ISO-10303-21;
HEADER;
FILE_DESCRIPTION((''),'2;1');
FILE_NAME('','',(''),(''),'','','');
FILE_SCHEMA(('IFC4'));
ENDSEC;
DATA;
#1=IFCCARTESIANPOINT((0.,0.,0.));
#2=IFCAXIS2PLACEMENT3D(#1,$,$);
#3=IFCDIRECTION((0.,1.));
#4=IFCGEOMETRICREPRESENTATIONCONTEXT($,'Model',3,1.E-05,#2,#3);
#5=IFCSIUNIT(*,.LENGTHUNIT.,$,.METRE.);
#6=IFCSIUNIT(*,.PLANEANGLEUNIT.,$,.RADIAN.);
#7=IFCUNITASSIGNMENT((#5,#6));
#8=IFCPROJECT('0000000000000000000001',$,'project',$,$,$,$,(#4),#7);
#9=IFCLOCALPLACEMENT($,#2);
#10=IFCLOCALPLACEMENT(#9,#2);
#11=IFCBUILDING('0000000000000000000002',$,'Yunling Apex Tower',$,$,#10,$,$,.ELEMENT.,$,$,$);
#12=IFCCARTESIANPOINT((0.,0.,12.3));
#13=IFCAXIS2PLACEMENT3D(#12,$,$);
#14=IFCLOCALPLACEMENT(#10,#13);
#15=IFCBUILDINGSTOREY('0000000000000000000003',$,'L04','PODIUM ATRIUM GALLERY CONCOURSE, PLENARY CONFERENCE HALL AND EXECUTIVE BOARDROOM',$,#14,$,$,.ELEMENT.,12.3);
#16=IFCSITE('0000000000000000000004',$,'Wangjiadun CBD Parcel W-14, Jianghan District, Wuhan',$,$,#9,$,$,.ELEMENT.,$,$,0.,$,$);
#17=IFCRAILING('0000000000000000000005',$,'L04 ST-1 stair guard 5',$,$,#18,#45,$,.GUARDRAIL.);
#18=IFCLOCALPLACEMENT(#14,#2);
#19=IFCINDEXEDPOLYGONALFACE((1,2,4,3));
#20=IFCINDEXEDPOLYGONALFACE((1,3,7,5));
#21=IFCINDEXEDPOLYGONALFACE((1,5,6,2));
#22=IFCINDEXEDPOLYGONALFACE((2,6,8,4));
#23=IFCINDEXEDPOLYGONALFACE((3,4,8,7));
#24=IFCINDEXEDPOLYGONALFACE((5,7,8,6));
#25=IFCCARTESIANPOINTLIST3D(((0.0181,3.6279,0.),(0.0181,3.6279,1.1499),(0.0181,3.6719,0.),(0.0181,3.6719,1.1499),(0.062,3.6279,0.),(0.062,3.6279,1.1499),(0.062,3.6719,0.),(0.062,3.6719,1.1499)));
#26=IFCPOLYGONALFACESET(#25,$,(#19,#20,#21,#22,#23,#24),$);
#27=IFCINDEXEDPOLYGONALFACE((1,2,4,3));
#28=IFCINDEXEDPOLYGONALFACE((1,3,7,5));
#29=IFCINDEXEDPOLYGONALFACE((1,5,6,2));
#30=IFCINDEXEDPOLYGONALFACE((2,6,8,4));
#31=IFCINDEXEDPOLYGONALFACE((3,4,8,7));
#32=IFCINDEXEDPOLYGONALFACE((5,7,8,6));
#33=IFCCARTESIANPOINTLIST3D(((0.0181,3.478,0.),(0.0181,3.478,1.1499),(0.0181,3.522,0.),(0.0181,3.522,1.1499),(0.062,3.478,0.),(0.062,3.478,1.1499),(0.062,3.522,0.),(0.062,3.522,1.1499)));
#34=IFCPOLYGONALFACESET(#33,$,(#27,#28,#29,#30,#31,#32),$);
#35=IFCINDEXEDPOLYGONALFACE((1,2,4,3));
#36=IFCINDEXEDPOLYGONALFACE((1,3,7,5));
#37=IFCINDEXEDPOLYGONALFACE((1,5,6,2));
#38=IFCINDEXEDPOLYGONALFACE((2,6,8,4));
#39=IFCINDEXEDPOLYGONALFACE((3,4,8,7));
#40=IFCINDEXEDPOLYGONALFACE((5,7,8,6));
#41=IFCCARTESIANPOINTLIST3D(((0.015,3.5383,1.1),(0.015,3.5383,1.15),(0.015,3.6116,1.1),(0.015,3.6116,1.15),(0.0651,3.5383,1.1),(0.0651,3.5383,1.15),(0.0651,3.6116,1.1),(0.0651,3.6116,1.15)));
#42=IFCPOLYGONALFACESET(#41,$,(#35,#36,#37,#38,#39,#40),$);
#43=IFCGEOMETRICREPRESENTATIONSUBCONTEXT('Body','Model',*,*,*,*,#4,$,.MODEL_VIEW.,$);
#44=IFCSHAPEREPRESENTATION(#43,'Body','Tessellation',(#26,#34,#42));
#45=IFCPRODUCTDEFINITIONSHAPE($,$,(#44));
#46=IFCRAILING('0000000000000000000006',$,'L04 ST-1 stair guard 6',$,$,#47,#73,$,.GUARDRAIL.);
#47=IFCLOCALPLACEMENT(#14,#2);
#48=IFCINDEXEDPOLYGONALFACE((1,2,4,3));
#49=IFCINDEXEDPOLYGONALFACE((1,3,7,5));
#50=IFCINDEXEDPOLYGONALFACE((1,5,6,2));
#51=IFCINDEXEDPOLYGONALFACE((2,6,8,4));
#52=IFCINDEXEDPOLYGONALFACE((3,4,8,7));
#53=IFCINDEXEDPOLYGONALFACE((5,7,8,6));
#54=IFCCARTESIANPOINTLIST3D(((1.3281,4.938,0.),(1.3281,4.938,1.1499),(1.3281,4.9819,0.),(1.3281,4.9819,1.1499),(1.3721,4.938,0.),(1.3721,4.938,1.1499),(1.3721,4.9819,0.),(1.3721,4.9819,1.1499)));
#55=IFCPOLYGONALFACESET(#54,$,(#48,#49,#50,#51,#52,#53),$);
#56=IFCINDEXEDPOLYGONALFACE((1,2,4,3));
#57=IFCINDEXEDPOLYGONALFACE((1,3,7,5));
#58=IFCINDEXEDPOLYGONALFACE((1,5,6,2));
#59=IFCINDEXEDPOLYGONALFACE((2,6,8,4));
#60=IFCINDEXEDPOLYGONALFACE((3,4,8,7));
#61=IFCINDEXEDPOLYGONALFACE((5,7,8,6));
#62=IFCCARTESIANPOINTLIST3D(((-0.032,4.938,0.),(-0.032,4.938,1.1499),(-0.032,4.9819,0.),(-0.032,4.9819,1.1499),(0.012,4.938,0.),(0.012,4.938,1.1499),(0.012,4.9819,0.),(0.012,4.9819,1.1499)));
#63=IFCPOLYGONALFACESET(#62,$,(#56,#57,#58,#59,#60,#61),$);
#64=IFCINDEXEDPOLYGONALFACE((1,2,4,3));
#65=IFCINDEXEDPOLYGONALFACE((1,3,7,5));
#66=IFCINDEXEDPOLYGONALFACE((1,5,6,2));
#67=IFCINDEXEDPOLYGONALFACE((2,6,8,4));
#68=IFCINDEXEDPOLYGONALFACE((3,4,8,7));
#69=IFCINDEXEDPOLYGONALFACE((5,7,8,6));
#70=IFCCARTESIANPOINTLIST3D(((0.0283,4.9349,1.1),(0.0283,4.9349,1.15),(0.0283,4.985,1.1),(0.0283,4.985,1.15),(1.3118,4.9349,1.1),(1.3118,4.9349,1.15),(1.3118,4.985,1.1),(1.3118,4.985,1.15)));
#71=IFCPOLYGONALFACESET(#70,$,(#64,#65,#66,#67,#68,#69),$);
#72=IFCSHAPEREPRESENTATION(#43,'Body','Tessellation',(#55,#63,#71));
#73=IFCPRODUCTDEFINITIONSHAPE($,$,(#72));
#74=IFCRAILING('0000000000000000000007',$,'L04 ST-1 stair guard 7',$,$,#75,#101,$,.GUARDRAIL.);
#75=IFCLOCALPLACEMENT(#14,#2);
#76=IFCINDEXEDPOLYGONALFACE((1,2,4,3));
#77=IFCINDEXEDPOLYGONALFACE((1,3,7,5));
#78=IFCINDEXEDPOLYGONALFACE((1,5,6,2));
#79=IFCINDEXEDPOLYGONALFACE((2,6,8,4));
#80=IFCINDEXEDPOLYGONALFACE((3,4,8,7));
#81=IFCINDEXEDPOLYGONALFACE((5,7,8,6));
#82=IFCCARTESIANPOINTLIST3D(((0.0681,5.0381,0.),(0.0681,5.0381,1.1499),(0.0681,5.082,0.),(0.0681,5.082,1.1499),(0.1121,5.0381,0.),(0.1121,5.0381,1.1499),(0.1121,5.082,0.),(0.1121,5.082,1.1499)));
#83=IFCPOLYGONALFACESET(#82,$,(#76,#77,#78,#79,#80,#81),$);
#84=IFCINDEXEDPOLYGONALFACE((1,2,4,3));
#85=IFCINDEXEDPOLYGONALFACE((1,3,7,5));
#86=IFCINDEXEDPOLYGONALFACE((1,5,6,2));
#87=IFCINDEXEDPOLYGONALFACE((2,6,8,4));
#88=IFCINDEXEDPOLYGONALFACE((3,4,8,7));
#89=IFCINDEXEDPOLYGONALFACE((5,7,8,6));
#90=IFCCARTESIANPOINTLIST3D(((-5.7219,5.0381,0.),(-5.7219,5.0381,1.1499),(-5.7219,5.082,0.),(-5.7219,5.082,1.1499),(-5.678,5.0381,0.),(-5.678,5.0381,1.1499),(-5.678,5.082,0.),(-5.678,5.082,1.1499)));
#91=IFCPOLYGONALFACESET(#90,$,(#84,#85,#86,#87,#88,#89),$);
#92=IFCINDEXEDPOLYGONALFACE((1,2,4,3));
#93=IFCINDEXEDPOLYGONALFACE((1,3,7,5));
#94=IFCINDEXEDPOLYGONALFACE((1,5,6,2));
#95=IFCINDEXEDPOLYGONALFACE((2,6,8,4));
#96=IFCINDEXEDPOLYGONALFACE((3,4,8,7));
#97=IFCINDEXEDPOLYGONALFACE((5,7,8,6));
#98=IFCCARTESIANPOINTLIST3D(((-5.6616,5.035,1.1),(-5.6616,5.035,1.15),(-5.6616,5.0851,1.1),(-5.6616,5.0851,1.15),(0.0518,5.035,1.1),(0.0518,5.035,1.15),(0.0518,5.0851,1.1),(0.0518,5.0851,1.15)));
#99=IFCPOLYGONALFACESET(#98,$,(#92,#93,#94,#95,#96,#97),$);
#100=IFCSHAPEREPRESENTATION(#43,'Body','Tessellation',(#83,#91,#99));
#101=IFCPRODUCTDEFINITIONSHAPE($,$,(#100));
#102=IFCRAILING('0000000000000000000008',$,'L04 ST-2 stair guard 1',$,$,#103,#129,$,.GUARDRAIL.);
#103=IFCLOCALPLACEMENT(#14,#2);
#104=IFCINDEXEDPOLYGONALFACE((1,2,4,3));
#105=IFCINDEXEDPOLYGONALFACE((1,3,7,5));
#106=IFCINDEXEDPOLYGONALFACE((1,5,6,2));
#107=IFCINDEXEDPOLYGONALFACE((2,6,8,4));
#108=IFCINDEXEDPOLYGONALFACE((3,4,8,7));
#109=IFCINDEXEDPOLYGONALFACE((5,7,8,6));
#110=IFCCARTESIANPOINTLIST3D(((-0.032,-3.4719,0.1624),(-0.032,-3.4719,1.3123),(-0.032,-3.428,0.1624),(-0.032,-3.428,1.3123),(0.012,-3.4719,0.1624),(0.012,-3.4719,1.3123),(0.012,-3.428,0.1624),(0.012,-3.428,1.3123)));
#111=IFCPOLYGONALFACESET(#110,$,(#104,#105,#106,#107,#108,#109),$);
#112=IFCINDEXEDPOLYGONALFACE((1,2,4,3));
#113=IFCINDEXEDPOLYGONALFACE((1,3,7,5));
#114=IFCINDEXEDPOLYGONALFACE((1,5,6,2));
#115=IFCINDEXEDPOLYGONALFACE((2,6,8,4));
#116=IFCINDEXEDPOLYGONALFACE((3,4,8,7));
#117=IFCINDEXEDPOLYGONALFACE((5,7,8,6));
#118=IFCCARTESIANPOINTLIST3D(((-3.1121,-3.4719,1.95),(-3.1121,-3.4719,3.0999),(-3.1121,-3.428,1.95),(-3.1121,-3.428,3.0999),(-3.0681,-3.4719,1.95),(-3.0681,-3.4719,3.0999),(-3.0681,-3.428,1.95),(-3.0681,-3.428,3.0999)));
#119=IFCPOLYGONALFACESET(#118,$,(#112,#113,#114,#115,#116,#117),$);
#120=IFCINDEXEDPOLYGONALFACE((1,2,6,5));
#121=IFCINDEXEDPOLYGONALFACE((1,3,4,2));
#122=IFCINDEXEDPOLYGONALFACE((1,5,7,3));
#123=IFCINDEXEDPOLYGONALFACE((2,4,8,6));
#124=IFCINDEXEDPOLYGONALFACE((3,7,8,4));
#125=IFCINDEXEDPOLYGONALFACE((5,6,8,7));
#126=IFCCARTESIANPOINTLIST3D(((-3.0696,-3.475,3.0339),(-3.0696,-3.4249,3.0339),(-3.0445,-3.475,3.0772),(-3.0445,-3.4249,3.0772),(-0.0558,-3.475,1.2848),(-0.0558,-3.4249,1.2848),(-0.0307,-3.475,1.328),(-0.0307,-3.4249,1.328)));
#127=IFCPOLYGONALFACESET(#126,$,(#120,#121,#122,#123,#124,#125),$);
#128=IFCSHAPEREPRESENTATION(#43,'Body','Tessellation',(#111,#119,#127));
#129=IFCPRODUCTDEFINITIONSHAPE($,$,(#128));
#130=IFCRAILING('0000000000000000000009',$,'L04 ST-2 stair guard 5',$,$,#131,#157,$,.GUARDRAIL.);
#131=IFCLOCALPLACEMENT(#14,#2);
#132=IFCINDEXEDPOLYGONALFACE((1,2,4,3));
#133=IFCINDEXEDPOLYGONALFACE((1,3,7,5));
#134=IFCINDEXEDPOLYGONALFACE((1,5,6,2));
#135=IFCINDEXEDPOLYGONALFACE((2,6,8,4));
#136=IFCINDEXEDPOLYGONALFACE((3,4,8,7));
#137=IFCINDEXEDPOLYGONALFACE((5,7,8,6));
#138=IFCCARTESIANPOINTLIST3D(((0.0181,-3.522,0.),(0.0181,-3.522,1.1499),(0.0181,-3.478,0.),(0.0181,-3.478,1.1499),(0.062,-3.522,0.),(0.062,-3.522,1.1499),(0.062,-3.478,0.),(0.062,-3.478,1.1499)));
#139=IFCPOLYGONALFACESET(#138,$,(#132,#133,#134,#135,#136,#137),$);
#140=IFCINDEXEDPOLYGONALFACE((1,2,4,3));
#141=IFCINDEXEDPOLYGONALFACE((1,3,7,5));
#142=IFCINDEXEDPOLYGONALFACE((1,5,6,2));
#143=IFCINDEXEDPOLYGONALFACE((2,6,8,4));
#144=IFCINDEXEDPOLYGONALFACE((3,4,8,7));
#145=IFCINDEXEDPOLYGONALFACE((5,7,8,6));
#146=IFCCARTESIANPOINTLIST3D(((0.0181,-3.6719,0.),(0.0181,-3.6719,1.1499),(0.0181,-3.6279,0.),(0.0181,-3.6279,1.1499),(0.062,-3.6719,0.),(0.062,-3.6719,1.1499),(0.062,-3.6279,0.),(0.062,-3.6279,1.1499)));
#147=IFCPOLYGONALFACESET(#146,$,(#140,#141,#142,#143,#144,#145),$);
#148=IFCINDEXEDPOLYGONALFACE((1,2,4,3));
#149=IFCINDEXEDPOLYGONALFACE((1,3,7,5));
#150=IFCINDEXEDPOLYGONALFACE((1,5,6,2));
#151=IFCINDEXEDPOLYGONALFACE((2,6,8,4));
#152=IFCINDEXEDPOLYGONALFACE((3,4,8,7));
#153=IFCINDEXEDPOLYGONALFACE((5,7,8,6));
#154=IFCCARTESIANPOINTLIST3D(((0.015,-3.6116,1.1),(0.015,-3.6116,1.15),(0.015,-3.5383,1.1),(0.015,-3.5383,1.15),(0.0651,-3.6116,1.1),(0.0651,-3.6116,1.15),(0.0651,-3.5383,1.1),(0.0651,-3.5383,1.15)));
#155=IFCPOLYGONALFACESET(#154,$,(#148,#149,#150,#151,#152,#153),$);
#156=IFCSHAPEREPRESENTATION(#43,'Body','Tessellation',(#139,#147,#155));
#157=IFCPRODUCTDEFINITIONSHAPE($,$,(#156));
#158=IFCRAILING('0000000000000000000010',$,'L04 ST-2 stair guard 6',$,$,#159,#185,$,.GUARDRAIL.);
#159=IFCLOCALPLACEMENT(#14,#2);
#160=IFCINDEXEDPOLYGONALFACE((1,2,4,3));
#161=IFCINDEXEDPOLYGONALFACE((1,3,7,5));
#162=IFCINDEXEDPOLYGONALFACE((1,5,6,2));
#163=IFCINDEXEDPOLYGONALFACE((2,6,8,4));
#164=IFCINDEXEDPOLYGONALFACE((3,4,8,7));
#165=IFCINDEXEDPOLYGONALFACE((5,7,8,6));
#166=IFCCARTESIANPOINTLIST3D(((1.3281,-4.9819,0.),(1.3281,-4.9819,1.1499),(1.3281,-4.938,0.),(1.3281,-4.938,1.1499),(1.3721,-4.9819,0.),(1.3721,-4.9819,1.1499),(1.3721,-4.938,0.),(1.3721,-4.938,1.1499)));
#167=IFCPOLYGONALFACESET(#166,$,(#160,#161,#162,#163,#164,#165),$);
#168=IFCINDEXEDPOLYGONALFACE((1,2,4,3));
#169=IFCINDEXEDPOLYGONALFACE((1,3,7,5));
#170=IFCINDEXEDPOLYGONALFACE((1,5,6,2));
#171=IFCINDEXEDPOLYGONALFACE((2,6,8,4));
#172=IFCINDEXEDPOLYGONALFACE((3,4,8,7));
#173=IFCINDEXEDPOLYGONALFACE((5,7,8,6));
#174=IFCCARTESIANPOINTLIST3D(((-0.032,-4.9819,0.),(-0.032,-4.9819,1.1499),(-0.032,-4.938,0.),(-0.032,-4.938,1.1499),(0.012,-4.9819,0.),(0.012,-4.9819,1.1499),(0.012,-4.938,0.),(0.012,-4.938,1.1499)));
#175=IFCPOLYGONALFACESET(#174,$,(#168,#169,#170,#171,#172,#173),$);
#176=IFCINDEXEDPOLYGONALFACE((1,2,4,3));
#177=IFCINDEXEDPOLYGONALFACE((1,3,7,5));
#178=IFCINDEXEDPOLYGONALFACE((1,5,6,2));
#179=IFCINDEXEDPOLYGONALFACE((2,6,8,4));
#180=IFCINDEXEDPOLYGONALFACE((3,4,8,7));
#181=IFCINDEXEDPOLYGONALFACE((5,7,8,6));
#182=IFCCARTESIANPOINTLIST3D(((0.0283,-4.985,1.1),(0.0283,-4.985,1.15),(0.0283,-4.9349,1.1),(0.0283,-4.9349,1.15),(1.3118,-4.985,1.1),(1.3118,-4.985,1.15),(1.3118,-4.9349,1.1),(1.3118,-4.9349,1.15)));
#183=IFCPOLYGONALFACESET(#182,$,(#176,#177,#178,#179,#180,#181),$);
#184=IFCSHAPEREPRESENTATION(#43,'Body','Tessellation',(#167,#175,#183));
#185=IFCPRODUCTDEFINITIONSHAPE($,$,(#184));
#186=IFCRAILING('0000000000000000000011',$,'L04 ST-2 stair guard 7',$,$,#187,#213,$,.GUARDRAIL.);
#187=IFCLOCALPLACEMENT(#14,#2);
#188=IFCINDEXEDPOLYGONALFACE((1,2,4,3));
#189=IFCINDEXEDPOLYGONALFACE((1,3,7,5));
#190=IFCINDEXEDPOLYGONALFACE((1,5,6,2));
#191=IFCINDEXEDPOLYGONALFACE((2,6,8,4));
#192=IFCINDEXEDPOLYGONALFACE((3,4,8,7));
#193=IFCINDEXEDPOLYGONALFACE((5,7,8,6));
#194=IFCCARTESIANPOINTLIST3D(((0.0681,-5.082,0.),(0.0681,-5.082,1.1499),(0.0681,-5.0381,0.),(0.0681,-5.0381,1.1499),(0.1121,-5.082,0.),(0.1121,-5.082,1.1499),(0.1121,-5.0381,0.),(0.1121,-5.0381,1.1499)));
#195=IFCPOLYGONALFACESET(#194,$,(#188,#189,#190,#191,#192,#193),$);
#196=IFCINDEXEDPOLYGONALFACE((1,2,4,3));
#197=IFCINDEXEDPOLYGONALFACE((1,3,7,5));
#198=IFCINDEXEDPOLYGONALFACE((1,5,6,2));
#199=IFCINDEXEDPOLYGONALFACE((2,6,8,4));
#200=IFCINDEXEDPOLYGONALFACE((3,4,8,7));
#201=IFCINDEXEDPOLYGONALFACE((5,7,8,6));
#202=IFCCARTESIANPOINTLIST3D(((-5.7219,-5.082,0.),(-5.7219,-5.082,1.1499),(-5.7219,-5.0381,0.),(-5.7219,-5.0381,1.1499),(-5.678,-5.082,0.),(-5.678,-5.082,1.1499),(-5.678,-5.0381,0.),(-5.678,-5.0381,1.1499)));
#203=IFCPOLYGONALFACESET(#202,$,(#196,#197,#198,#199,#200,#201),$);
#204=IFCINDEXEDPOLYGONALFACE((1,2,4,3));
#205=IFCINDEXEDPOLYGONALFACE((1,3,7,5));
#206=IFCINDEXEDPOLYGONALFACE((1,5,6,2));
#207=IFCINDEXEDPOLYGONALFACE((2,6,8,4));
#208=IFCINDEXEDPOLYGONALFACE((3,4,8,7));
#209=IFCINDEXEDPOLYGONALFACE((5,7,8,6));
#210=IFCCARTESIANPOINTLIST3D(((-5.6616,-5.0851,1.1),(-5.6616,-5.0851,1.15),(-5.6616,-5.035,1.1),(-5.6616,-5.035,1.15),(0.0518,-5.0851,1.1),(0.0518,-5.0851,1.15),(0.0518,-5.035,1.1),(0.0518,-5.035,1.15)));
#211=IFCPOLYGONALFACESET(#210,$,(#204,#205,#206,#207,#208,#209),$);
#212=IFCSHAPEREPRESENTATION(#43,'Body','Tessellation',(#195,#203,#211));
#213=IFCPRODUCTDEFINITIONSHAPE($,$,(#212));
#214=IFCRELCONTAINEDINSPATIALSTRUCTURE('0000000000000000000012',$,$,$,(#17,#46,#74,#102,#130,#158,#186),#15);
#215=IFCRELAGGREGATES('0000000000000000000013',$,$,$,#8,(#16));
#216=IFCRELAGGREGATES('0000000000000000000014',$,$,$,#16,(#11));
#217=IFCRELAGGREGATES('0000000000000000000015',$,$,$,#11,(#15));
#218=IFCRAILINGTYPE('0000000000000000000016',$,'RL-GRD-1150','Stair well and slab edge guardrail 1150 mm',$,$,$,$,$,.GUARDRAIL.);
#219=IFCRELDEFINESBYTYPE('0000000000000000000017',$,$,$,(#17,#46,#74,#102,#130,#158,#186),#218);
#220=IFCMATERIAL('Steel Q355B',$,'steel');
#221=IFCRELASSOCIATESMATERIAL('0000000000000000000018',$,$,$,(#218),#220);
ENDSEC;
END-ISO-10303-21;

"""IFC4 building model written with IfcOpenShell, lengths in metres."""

from ifc_helpers import new_model, si_unit, direction, frame, origin, origin_2d, place, context, subcontext, project, spatial, rectangle, extrude, material, type_object, element, save


model = new_model("IFC4")

# Units and contexts
model_context = context("Model", 3, precision=1e-05, world=origin(), true_north=direction((0.0, 1.0)))
body_context = subcontext(model_context, "Body", "Model", "MODEL_VIEW")
ifc_project = project(units=[si_unit("LENGTHUNIT", "METRE"), si_unit("PLANEANGLEUNIT", "RADIAN")], contexts=[model_context])

# Site, building, storey
site_placement = place(None, origin())
site = spatial("IfcSite", under=ifc_project, at=site_placement, Name="Wangjiadun CBD Parcel W-14, Jianghan District, Wuhan", CompositionType="ELEMENT", RefElevation=0.0)
building_placement = place(site_placement, origin())
building = spatial("IfcBuilding", under=site, at=building_placement, Name="Yunling Apex Tower", CompositionType="ELEMENT")
storey_placement = place(building_placement, frame((0.0, 0.0, 12.3)))
storey = spatial("IfcBuildingStorey", under=building, at=storey_placement, Name="L04", Description="PODIUM ATRIUM GALLERY CONCOURSE, PLENARY CONFERENCE HALL AND EXECUTIVE BOARDROOM", CompositionType="ELEMENT", Elevation=12.3)

# Shared definitions
ifc_material_1 = material(Name="Steel Q355B", Category="steel")

# Railings
railing_type_1 = type_object("IfcRailingType", Name="RL-GRD-1150", Description="Stair well and slab edge guardrail 1150 mm", PredefinedType="GUARDRAIL", material=ifc_material_1)
railing_1_placement = place(storey_placement, frame((0.04, 3.6499, 0.0)))
element("IfcRailing", 1, at=railing_1_placement, inside=storey, type_object=railing_type_1, Name="L04 ST-1 stair guard 5", PredefinedType="GUARDRAIL", context=body_context, shape_type="SweptSolid", body=[
    extrude(rectangle(XDim=0.0439, YDim=0.0439, at=origin_2d()), origin(), (0.0, 0.0, 1.0), 1.1499),
    extrude(rectangle(XDim=0.0439, YDim=0.0439, at=origin_2d()), frame((0.0, -0.1499, 0.0)), (0.0, 0.0, 1.0), 1.1499),
    extrude(rectangle(XDim=0.05, YDim=0.05, at=origin_2d()), frame((0.0, -0.0383, 1.125), z_axis=(0.0, -1.0, 0.0), x_axis=(1.0, 0.0, 0.0)), (0.0, 0.0, 1.0), 0.0732),
])
railing_2_placement = place(storey_placement, frame((1.3501, 4.96, 0.0)))
element("IfcRailing", 2, at=railing_2_placement, inside=storey, type_object=railing_type_1, Name="L04 ST-1 stair guard 6", PredefinedType="GUARDRAIL", context=body_context, shape_type="SweptSolid", body=[
    extrude(rectangle(XDim=0.0439, YDim=0.0439, at=origin_2d()), origin(), (0.0, 0.0, 1.0), 1.1499),
    extrude(rectangle(XDim=0.0439, YDim=0.0439, at=origin_2d()), frame((-1.3601, 0.0, 0.0)), (0.0, 0.0, 1.0), 1.1499),
    extrude(rectangle(XDim=0.05, YDim=0.05, at=origin_2d()), frame((-0.0383, 0.0, 1.125), z_axis=(-1.0, 0.0, 0.0), x_axis=(0.0, -1.0, 0.0)), (0.0, 0.0, 1.0), 1.2834),
])
railing_3_placement = place(storey_placement, frame((0.0901, 5.0601, 0.0)))
element("IfcRailing", 3, at=railing_3_placement, inside=storey, type_object=railing_type_1, Name="L04 ST-1 stair guard 7", PredefinedType="GUARDRAIL", context=body_context, shape_type="SweptSolid", body=[
    extrude(rectangle(XDim=0.0439, YDim=0.0439, at=origin_2d()), origin(), (0.0, 0.0, 1.0), 1.1499),
    extrude(rectangle(XDim=0.0439, YDim=0.0439, at=origin_2d()), frame((-5.79, 0.0, 0.0)), (0.0, 0.0, 1.0), 1.1499),
    extrude(rectangle(XDim=0.05, YDim=0.05, at=origin_2d()), frame((-0.0383, 0.0, 1.125), z_axis=(-1.0, 0.0, 0.0), x_axis=(0.0, -1.0, 0.0)), (0.0, 0.0, 1.0), 5.7134),
])
railing_4_placement = place(storey_placement, frame((-0.01, -3.45, 0.1624)))
element("IfcRailing", 4, at=railing_4_placement, inside=storey, type_object=railing_type_1, Name="L04 ST-2 stair guard 1", PredefinedType="GUARDRAIL", context=body_context, shape_type="SweptSolid", body=[
    extrude(rectangle(XDim=0.0439, YDim=0.0439, at=origin_2d()), origin(), (0.0, 0.0, 1.0), 1.1499),
    extrude(rectangle(XDim=0.0439, YDim=0.0439, at=origin_2d()), frame((-3.0801, 0.0, 1.7876)), (0.0, 0.0, 1.0), 1.1499),
    extrude(rectangle(XDim=0.05, YDim=0.05, at=origin_2d()), frame((-0.0332, 0.0, 1.144), z_axis=(-0.864891, 0.0, 0.50196), x_axis=(0.0, -1.0, 0.0)), (0.0, 0.0, 1.0), 3.4846),
])
railing_5_placement = place(storey_placement, frame((0.04, -3.5, 0.0)))
element("IfcRailing", 5, at=railing_5_placement, inside=storey, type_object=railing_type_1, Name="L04 ST-2 stair guard 5", PredefinedType="GUARDRAIL", context=body_context, shape_type="SweptSolid", body=[
    extrude(rectangle(XDim=0.0439, YDim=0.0439, at=origin_2d()), origin(), (0.0, 0.0, 1.0), 1.1499),
    extrude(rectangle(XDim=0.0439, YDim=0.0439, at=origin_2d()), frame((0.0, -0.1499, 0.0)), (0.0, 0.0, 1.0), 1.1499),
    extrude(rectangle(XDim=0.05, YDim=0.05, at=origin_2d()), frame((0.0, -0.0383, 1.125), z_axis=(0.0, -1.0, 0.0), x_axis=(1.0, 0.0, 0.0)), (0.0, 0.0, 1.0), 0.0732),
])
railing_6_placement = place(storey_placement, frame((1.3501, -4.96, 0.0)))
element("IfcRailing", 6, at=railing_6_placement, inside=storey, type_object=railing_type_1, Name="L04 ST-2 stair guard 6", PredefinedType="GUARDRAIL", context=body_context, shape_type="SweptSolid", body=[
    extrude(rectangle(XDim=0.0439, YDim=0.0439, at=origin_2d()), origin(), (0.0, 0.0, 1.0), 1.1499),
    extrude(rectangle(XDim=0.0439, YDim=0.0439, at=origin_2d()), frame((-1.3601, 0.0, 0.0)), (0.0, 0.0, 1.0), 1.1499),
    extrude(rectangle(XDim=0.05, YDim=0.05, at=origin_2d()), frame((-0.0383, 0.0, 1.125), z_axis=(-1.0, 0.0, 0.0), x_axis=(0.0, -1.0, 0.0)), (0.0, 0.0, 1.0), 1.2834),
])
railing_7_placement = place(storey_placement, frame((0.0901, -5.0601, 0.0)))
element("IfcRailing", 7, at=railing_7_placement, inside=storey, type_object=railing_type_1, Name="L04 ST-2 stair guard 7", PredefinedType="GUARDRAIL", context=body_context, shape_type="SweptSolid", body=[
    extrude(rectangle(XDim=0.0439, YDim=0.0439, at=origin_2d()), origin(), (0.0, 0.0, 1.0), 1.1499),
    extrude(rectangle(XDim=0.0439, YDim=0.0439, at=origin_2d()), frame((-5.79, 0.0, 0.0)), (0.0, 0.0, 1.0), 1.1499),
    extrude(rectangle(XDim=0.05, YDim=0.05, at=origin_2d()), frame((-0.0383, 0.0, 1.125), z_axis=(-1.0, 0.0, 0.0), x_axis=(0.0, -1.0, 0.0)), (0.0, 0.0, 1.0), 5.7134),
])

save(model, "model.ifc")
